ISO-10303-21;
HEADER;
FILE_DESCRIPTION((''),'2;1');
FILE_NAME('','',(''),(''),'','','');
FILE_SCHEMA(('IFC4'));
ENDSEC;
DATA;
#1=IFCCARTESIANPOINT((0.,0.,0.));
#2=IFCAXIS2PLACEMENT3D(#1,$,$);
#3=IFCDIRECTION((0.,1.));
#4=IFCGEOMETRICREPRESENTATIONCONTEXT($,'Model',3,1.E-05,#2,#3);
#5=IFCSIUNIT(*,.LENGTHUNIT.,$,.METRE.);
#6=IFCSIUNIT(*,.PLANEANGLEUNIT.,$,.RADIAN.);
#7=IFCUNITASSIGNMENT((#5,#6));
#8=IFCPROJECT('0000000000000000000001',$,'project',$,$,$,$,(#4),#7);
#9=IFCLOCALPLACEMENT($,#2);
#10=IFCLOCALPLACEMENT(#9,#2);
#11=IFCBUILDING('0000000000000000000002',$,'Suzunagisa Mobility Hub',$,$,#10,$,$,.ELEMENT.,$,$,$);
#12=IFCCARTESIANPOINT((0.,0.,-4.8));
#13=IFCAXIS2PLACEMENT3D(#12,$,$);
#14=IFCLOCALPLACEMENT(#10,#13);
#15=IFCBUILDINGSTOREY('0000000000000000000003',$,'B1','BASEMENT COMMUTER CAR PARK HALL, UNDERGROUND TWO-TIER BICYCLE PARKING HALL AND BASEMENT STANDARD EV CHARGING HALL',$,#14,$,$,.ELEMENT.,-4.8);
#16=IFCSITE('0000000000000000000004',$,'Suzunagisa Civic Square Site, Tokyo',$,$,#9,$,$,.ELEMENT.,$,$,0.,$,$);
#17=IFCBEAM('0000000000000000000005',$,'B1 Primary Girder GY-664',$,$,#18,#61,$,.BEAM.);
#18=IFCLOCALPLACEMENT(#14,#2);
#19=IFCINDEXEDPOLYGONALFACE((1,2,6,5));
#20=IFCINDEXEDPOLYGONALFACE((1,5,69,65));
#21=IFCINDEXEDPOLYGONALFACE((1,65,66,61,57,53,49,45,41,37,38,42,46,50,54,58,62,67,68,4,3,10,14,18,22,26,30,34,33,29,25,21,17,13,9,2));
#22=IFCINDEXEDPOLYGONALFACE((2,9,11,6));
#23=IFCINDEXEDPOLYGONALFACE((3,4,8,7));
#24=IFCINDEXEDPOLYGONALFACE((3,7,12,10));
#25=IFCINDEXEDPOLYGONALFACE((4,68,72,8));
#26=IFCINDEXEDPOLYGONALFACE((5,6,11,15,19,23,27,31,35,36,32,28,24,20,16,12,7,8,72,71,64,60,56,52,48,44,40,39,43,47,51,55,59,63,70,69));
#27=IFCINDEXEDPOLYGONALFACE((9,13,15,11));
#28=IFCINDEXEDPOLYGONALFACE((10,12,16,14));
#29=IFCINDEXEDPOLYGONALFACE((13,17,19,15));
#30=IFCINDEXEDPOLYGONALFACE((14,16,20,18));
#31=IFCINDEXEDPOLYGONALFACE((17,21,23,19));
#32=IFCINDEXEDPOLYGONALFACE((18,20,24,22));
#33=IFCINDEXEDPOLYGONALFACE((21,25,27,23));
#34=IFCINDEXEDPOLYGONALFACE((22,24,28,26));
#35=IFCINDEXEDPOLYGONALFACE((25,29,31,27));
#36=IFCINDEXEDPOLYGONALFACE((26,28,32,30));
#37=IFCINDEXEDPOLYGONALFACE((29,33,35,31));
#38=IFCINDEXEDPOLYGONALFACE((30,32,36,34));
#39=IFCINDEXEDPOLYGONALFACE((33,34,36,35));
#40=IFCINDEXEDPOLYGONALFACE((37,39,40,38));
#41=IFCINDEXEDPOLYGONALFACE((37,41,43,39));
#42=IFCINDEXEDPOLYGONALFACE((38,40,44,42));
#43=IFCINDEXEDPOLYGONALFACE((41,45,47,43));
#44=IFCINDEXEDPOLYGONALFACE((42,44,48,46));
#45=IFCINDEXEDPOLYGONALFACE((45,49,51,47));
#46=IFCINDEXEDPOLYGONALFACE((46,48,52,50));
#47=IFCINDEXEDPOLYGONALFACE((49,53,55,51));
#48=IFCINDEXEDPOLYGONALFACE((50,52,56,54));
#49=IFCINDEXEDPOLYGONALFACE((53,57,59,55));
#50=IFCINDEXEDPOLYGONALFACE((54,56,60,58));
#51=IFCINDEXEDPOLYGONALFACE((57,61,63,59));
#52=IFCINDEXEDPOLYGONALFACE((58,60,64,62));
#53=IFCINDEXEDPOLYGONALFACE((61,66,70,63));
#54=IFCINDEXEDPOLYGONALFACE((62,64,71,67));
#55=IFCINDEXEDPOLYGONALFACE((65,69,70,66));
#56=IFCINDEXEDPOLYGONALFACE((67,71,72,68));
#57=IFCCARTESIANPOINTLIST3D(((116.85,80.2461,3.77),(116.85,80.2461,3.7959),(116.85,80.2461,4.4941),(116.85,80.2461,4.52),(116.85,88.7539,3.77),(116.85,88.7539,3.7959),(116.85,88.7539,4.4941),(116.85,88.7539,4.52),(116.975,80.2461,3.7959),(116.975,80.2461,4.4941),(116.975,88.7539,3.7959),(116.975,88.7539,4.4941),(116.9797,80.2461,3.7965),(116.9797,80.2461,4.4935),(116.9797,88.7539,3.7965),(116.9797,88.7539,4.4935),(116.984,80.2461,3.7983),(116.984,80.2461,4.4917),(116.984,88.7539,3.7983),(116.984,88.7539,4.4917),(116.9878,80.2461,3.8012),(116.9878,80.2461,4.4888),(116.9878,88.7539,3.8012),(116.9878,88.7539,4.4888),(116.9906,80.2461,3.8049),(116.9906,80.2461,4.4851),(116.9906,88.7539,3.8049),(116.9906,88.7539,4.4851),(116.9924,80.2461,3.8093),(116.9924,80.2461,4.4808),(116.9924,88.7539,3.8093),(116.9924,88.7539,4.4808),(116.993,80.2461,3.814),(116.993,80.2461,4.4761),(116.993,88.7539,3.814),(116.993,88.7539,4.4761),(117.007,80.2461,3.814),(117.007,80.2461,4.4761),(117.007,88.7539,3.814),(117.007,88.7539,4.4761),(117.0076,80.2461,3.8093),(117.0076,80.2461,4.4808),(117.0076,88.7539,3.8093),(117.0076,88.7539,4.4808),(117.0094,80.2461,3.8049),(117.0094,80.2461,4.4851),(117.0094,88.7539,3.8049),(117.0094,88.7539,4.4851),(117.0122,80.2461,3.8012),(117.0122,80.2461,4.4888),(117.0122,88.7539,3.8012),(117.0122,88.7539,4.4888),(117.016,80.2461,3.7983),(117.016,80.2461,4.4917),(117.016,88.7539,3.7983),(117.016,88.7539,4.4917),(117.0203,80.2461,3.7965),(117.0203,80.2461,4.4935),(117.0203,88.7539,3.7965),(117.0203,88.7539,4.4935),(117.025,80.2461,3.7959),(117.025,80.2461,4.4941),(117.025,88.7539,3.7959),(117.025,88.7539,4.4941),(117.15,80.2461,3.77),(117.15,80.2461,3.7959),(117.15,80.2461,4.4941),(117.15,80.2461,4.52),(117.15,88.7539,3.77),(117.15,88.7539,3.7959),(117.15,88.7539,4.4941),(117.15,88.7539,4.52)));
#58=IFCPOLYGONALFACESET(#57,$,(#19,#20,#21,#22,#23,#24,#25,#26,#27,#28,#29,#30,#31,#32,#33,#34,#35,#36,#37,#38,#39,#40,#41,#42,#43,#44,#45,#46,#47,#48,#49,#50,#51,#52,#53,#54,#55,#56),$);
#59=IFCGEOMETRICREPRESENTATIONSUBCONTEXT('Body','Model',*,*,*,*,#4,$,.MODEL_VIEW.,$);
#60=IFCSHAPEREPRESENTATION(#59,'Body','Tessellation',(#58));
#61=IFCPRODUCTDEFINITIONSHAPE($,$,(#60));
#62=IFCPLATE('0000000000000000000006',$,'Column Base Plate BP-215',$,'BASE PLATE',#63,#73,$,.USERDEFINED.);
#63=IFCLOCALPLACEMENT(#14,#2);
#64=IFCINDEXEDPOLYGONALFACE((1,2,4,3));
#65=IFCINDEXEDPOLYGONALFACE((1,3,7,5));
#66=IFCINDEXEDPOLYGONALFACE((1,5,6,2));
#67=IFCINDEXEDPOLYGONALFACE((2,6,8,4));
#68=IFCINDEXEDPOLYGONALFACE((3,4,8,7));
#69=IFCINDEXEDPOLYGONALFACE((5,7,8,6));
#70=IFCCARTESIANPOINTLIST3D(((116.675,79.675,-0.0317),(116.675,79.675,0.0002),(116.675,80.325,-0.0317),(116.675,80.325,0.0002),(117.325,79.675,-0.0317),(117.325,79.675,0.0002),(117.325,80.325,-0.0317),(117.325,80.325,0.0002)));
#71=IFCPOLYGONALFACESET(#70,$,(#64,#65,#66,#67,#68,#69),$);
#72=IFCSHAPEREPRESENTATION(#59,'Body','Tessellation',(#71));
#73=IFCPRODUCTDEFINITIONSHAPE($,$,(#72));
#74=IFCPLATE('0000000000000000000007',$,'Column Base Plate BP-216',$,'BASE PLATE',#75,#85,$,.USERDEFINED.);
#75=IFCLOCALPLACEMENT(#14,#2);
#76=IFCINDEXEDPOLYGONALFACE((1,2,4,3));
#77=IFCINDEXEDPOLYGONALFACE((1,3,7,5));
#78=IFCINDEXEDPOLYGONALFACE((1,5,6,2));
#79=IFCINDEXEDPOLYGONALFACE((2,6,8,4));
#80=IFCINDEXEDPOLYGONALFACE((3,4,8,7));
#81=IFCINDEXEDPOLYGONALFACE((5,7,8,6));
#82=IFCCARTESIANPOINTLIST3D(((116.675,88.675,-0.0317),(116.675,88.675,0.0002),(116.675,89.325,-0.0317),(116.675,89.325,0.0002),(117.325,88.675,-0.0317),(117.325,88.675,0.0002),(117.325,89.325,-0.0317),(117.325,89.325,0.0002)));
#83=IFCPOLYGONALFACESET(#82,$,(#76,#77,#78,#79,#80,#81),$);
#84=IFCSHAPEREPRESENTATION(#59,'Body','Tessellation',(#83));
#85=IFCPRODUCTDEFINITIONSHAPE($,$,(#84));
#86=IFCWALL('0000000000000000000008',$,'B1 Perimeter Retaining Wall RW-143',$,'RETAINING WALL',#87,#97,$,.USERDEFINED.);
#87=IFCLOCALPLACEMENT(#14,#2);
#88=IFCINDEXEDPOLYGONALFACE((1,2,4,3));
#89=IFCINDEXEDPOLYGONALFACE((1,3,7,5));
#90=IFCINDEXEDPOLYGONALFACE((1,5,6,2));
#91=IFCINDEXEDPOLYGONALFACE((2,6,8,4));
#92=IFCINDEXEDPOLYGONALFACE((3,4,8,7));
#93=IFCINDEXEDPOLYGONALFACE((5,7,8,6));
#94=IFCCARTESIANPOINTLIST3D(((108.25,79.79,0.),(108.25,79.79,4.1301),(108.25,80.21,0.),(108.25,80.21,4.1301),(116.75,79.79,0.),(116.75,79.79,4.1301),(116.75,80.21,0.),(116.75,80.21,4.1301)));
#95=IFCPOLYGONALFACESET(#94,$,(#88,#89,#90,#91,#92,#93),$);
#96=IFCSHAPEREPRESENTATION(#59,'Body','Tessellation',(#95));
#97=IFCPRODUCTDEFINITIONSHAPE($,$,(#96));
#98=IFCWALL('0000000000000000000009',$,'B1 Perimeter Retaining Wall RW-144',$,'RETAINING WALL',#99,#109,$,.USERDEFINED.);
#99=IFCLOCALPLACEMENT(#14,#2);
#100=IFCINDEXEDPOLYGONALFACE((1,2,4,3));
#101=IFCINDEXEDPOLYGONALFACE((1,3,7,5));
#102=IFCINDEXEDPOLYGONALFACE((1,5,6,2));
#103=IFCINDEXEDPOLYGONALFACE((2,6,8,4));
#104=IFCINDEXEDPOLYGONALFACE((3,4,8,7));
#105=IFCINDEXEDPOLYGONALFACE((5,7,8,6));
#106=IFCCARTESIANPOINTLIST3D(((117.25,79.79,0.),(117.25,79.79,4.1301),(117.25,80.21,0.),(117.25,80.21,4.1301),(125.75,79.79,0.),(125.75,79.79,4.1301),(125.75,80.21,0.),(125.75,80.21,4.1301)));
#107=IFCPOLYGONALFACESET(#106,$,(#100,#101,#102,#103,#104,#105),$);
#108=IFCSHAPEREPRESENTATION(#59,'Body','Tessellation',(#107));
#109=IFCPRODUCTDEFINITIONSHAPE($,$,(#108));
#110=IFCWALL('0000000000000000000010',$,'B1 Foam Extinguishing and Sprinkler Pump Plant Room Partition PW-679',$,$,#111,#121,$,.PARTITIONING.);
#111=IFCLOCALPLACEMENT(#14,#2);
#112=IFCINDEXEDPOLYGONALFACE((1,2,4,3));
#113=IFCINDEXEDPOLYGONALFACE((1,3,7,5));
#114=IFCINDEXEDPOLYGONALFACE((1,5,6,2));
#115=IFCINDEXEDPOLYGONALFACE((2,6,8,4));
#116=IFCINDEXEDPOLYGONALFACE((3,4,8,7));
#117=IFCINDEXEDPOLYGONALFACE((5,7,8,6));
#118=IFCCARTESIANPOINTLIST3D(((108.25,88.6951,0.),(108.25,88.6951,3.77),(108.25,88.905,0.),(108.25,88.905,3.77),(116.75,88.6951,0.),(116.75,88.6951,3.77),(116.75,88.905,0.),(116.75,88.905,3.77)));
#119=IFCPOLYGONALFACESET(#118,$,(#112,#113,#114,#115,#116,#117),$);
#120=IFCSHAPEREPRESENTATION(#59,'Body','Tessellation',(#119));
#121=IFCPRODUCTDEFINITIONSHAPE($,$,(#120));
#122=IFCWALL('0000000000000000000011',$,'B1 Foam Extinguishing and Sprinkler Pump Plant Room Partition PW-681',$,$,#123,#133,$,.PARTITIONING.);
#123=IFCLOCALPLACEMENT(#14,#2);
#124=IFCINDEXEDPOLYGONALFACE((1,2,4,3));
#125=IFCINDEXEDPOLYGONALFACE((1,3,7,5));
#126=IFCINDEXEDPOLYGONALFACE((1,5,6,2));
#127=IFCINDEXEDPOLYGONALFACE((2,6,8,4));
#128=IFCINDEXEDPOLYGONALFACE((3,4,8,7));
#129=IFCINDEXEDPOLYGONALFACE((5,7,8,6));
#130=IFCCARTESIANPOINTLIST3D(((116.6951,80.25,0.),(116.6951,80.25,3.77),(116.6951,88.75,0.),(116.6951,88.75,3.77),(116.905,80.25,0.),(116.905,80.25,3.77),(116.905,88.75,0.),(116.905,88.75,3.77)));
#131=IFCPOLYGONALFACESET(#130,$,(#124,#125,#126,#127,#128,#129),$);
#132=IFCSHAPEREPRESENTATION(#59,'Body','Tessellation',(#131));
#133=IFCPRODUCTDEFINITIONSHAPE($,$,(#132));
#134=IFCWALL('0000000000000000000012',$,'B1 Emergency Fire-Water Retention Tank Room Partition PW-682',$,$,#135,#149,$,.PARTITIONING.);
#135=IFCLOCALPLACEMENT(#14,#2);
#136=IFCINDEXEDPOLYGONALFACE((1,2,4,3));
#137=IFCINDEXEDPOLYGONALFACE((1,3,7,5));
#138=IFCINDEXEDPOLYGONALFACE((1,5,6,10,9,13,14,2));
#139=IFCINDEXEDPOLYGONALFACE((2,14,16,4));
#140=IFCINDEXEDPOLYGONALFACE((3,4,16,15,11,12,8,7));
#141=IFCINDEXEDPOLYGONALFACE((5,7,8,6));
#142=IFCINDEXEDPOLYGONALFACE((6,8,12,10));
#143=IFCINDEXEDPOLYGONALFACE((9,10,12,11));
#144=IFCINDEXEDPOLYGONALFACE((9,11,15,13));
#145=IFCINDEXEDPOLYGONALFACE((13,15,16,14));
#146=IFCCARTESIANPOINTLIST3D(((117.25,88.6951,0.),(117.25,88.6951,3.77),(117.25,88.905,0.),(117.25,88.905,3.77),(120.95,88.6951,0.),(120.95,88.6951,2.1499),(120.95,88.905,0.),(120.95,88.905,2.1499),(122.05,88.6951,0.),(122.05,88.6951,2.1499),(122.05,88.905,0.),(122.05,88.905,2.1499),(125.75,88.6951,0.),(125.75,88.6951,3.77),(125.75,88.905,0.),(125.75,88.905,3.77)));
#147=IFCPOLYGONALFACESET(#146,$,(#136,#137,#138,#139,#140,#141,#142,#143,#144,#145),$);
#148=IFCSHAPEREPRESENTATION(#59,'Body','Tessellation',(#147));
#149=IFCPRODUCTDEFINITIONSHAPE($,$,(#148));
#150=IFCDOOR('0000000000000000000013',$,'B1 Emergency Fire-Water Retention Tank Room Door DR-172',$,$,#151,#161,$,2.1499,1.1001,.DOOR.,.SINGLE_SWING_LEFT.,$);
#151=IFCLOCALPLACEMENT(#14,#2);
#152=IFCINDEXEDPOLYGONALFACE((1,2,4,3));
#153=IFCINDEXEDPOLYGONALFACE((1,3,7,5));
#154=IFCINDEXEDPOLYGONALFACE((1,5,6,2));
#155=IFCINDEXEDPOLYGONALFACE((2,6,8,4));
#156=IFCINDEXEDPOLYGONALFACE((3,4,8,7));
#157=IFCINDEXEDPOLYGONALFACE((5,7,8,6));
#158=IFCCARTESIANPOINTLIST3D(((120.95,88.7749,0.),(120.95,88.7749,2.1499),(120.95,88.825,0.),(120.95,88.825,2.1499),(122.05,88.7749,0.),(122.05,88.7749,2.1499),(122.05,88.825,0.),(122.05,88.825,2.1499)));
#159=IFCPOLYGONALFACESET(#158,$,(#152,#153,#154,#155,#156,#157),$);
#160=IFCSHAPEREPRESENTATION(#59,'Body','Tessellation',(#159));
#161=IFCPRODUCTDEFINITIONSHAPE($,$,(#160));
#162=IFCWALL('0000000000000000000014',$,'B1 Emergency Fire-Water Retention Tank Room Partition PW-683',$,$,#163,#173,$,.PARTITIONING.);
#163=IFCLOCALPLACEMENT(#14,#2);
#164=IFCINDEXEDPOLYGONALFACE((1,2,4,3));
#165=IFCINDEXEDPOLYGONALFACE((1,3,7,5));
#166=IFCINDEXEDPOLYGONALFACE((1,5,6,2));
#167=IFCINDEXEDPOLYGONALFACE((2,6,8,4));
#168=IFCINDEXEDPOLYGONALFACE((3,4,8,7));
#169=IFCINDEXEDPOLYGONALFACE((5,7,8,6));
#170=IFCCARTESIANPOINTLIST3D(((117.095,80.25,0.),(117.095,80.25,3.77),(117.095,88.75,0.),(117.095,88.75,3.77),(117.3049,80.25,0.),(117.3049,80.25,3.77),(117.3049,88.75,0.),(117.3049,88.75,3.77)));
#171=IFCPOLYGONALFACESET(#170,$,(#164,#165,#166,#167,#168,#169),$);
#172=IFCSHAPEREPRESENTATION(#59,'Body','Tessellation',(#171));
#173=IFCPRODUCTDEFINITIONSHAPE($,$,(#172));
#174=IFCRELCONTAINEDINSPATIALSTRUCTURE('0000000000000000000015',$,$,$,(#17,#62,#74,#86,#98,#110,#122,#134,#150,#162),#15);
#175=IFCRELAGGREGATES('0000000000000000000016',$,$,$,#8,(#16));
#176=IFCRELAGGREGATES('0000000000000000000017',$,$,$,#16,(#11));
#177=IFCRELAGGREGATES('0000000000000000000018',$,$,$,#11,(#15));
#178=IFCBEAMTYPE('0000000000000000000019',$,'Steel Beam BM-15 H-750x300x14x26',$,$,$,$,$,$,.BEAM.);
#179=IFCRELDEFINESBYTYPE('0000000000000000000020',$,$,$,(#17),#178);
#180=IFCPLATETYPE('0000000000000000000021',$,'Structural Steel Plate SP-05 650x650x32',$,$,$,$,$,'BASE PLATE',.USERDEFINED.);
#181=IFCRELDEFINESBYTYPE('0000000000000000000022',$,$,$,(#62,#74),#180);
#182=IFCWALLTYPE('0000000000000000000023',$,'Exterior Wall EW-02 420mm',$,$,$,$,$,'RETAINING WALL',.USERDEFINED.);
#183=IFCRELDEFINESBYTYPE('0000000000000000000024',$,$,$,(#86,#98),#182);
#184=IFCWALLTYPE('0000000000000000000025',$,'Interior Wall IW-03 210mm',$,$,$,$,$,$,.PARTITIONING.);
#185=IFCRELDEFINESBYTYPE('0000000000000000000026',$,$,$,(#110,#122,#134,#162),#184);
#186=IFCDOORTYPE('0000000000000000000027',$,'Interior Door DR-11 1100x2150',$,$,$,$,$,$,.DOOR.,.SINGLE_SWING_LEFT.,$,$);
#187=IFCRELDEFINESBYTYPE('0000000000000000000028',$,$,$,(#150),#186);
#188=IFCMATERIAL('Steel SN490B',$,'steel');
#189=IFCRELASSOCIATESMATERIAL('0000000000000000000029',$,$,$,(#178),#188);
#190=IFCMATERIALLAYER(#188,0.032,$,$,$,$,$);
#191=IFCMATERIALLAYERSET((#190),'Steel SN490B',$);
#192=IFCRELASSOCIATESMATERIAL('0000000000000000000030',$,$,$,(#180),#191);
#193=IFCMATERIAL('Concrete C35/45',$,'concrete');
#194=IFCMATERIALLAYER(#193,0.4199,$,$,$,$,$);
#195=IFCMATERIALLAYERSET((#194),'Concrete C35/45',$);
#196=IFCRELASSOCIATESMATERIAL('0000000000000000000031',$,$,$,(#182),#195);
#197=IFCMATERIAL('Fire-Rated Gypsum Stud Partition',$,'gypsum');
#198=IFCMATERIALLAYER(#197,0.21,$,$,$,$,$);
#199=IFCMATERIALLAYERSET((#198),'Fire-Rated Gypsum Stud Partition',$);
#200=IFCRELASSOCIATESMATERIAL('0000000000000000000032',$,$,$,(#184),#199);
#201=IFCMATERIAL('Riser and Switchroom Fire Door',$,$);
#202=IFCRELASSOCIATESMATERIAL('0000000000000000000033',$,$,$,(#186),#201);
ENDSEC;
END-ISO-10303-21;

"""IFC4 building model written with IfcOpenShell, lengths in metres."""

from ifc_helpers import new_model, si_unit, direction, frame, frame_2d, origin, origin_2d, place, context, subcontext, project, spatial, rectangle, i_section, extrude, material, layer, layer_set, material_profile, profile_set, type_object, element, fill, save


model = new_model("IFC4")

# Units and contexts
model_context = context("Model", 3, precision=1e-05, world=origin(), true_north=direction((0.0, 1.0)))
body_context = subcontext(model_context, "Body", "Model", "MODEL_VIEW")
ifc_project = project(units=[si_unit("LENGTHUNIT", "METRE"), si_unit("PLANEANGLEUNIT", "RADIAN")], contexts=[model_context])

# Site, building, storey
site_placement = place(None, origin())
site = spatial("IfcSite", under=ifc_project, at=site_placement, Name="Suzunagisa Civic Square Site, Tokyo", CompositionType="ELEMENT", RefElevation=0.0)
building_placement = place(site_placement, origin())
building = spatial("IfcBuilding", under=site, at=building_placement, Name="Suzunagisa Mobility Hub", CompositionType="ELEMENT")
storey_placement = place(building_placement, frame((0.0, 0.0, -4.8)))
storey = spatial("IfcBuildingStorey", under=building, at=storey_placement, Name="B1", Description="BASEMENT COMMUTER CAR PARK HALL, UNDERGROUND TWO-TIER BICYCLE PARKING HALL AND BASEMENT STANDARD EV CHARGING HALL", CompositionType="ELEMENT", Elevation=-4.8)

# Shared definitions
ifc_material_1 = material(Name="Concrete C35/45", Category="concrete")

# Shared definitions
ifc_material_2 = material(Name="Steel SN490B", Category="steel")

# Beam
ifc_material_profile_1 = material_profile(ifc_material_2, i_section(OverallWidth=0.3, OverallDepth=0.75, WebThickness=0.0139, FlangeThickness=0.0259, FilletRadius=0.0181, at=origin_2d()), Name="H-750x300x14x26")
ifc_profile_set_1 = profile_set([ifc_material_profile_1], Name="Steel SN490B")
beam_type_1 = type_object("IfcBeamType", Name="Steel Beam BM-15 H-750x300x14x26", PredefinedType="BEAM", material=ifc_profile_set_1)
beam_placement = place(storey_placement, frame((117.0, 80.2461, 4.145), z_axis=(0.0, 1.0, 0.0), x_axis=(-1.0, 0.0, 0.0)))
element("IfcBeam", 1, at=beam_placement, inside=storey, type_object=beam_type_1, Name="B1 Primary Girder GY-664", PredefinedType="BEAM", context=body_context, shape_type="SweptSolid", body=[
    extrude(i_section(OverallWidth=0.3, OverallDepth=0.75, WebThickness=0.0139, FlangeThickness=0.0259, FilletRadius=0.0181, at=origin_2d()), origin(), (0.0, 0.0, 1.0), 8.5078),
])

# Plates
ifc_layer_1 = layer(ifc_material_2, 0.032)
ifc_layer_set_1 = layer_set([ifc_layer_1], Name="Steel SN490B")
plate_type = type_object("IfcPlateType", Name="Structural Steel Plate SP-05 650x650x32", ElementType="BASE PLATE", PredefinedType="USERDEFINED", material=ifc_layer_set_1)
for number, where, z_axis, x_axis, name in (
    (2, (117.0, 80.0, -0.0317), (0.0, 0.0, 1.0), (1.0, 0.0, 0.0), "Column Base Plate BP-215"),
    (3, (117.0, 89.0, -0.0317), (0.0, 0.0, 1.0), (1.0, 0.0, 0.0), "Column Base Plate BP-216"),
):
    element("IfcPlate", number, at=place(storey_placement, frame(where, z_axis=z_axis, x_axis=x_axis)), inside=storey, type_object=plate_type, Name=name, ObjectType="BASE PLATE", PredefinedType="USERDEFINED", context=body_context, shape_type="SweptSolid", body=[
        extrude(rectangle(XDim=0.6499, YDim=0.6499, at=origin_2d()), origin(), (0.0, 0.0, 1.0), 0.032),
    ])

# Walls
ifc_layer_2 = layer(ifc_material_1, 0.4199)
ifc_layer_set_2 = layer_set([ifc_layer_2], Name="Concrete C35/45")
wall_type_1 = type_object("IfcWallType", Name="Exterior Wall EW-02 420mm", ElementType="RETAINING WALL", PredefinedType="USERDEFINED", material=ifc_layer_set_2)
for number, where, z_axis, x_axis, name in (
    (4, (108.25, 80.0, 0.0), (0.0, 0.0, 1.0), (1.0, 0.0, 0.0), "B1 Perimeter Retaining Wall RW-143"),
    (5, (117.25, 80.0, 0.0), (0.0, 0.0, 1.0), (1.0, 0.0, 0.0), "B1 Perimeter Retaining Wall RW-144"),
):
    element("IfcWall", number, at=place(storey_placement, frame(where, z_axis=z_axis, x_axis=x_axis)), inside=storey, type_object=wall_type_1, Name=name, ObjectType="RETAINING WALL", PredefinedType="USERDEFINED", context=body_context, shape_type="SweptSolid", body=[
        extrude(rectangle(XDim=8.5, YDim=0.4199, at=frame_2d((4.25, 0.0))), origin(), (0.0, 0.0, 1.0), 4.1301),
    ])
ifc_material_3 = material(Name="Fire-Rated Gypsum Stud Partition", Category="gypsum")
ifc_layer_3 = layer(ifc_material_3, 0.21)
ifc_layer_set_3 = layer_set([ifc_layer_3], Name="Fire-Rated Gypsum Stud Partition")
wall_type_2 = type_object("IfcWallType", Name="Interior Wall IW-03 210mm", PredefinedType="PARTITIONING", material=ifc_layer_set_3)
for number, where, z_axis, x_axis, name in (
    (6, (108.25, 88.8, 0.0), (0.0, 0.0, 1.0), (1.0, 0.0, 0.0), "B1 Foam Extinguishing and Sprinkler Pump Plant Room Partition PW-679"),
    (7, (116.8, 80.25, 0.0), (0.0, 0.0, 1.0), (0.0, 1.0, 0.0), "B1 Foam Extinguishing and Sprinkler Pump Plant Room Partition PW-681"),
):
    element("IfcWall", number, at=place(storey_placement, frame(where, z_axis=z_axis, x_axis=x_axis)), inside=storey, type_object=wall_type_2, Name=name, PredefinedType="PARTITIONING", context=body_context, shape_type="SweptSolid", body=[
        extrude(rectangle(XDim=8.5, YDim=0.21, at=frame_2d((4.25, 0.0))), origin(), (0.0, 0.0, 1.0), 3.77),
    ])

# Wall, opening, door
wall_1_placement = place(storey_placement, frame((117.25, 88.8, 0.0), z_axis=(0.0, 0.0, 1.0), x_axis=(1.0, 0.0, 0.0)))
wall_1 = element("IfcWall", 8, at=wall_1_placement, inside=storey, type_object=wall_type_2, Name="B1 Emergency Fire-Water Retention Tank Room Partition PW-682", PredefinedType="PARTITIONING", context=body_context, shape_type="SweptSolid", body=[
    extrude(rectangle(XDim=8.5, YDim=0.21, at=frame_2d((4.25, 0.0))), origin(), (0.0, 0.0, 1.0), 3.77),
])
opening_placement = place(wall_1_placement, frame((3.7, 0.0, 0.0)))
opening = element("IfcOpeningElement", 9, at=opening_placement, cuts=wall_1, PredefinedType="OPENING", context=body_context, shape_type="SweptSolid", body=[
    extrude(rectangle(XDim=1.1001, YDim=2.1499, at=frame_2d((0.55, 1.075))), frame((0.0, 0.116, 0.0), z_axis=(0.0, -1.0, 0.0), x_axis=(1.0, 0.0, 0.0)), (0.0, 0.0, 1.0), 0.2319),
])
ifc_material_4 = material(Name="Riser and Switchroom Fire Door")
door_type = type_object("IfcDoorType", Name="Interior Door DR-11 1100x2150", OperationType="SINGLE_SWING_LEFT", PredefinedType="DOOR", material=ifc_material_4)
door_placement = place(opening_placement, origin())
door = element("IfcDoor", 10, at=door_placement, inside=storey, type_object=door_type, Name="B1 Emergency Fire-Water Retention Tank Room Door DR-172", OperationType="SINGLE_SWING_LEFT", OverallHeight=2.1499, OverallWidth=1.1001, PredefinedType="DOOR", context=body_context, shape_type="SweptSolid", body=[
    extrude(rectangle(XDim=1.1001, YDim=2.1499, at=frame_2d((0.55, 1.075))), frame((0.0, 0.0249, 0.0), z_axis=(0.0, -1.0, 0.0), x_axis=(1.0, 0.0, 0.0)), (0.0, 0.0, 1.0), 0.05),
])
fill(opening, door)

# Wall
wall_2_placement = place(storey_placement, frame((117.2, 80.25, 0.0), z_axis=(0.0, 0.0, 1.0), x_axis=(0.0, 1.0, 0.0)))
element("IfcWall", 11, at=wall_2_placement, inside=storey, type_object=wall_type_2, Name="B1 Emergency Fire-Water Retention Tank Room Partition PW-683", PredefinedType="PARTITIONING", context=body_context, shape_type="SweptSolid", body=[
    extrude(rectangle(XDim=8.5, YDim=0.21, at=frame_2d((4.25, 0.0))), origin(), (0.0, 0.0, 1.0), 3.77),
])

save(model, "model.ifc")
